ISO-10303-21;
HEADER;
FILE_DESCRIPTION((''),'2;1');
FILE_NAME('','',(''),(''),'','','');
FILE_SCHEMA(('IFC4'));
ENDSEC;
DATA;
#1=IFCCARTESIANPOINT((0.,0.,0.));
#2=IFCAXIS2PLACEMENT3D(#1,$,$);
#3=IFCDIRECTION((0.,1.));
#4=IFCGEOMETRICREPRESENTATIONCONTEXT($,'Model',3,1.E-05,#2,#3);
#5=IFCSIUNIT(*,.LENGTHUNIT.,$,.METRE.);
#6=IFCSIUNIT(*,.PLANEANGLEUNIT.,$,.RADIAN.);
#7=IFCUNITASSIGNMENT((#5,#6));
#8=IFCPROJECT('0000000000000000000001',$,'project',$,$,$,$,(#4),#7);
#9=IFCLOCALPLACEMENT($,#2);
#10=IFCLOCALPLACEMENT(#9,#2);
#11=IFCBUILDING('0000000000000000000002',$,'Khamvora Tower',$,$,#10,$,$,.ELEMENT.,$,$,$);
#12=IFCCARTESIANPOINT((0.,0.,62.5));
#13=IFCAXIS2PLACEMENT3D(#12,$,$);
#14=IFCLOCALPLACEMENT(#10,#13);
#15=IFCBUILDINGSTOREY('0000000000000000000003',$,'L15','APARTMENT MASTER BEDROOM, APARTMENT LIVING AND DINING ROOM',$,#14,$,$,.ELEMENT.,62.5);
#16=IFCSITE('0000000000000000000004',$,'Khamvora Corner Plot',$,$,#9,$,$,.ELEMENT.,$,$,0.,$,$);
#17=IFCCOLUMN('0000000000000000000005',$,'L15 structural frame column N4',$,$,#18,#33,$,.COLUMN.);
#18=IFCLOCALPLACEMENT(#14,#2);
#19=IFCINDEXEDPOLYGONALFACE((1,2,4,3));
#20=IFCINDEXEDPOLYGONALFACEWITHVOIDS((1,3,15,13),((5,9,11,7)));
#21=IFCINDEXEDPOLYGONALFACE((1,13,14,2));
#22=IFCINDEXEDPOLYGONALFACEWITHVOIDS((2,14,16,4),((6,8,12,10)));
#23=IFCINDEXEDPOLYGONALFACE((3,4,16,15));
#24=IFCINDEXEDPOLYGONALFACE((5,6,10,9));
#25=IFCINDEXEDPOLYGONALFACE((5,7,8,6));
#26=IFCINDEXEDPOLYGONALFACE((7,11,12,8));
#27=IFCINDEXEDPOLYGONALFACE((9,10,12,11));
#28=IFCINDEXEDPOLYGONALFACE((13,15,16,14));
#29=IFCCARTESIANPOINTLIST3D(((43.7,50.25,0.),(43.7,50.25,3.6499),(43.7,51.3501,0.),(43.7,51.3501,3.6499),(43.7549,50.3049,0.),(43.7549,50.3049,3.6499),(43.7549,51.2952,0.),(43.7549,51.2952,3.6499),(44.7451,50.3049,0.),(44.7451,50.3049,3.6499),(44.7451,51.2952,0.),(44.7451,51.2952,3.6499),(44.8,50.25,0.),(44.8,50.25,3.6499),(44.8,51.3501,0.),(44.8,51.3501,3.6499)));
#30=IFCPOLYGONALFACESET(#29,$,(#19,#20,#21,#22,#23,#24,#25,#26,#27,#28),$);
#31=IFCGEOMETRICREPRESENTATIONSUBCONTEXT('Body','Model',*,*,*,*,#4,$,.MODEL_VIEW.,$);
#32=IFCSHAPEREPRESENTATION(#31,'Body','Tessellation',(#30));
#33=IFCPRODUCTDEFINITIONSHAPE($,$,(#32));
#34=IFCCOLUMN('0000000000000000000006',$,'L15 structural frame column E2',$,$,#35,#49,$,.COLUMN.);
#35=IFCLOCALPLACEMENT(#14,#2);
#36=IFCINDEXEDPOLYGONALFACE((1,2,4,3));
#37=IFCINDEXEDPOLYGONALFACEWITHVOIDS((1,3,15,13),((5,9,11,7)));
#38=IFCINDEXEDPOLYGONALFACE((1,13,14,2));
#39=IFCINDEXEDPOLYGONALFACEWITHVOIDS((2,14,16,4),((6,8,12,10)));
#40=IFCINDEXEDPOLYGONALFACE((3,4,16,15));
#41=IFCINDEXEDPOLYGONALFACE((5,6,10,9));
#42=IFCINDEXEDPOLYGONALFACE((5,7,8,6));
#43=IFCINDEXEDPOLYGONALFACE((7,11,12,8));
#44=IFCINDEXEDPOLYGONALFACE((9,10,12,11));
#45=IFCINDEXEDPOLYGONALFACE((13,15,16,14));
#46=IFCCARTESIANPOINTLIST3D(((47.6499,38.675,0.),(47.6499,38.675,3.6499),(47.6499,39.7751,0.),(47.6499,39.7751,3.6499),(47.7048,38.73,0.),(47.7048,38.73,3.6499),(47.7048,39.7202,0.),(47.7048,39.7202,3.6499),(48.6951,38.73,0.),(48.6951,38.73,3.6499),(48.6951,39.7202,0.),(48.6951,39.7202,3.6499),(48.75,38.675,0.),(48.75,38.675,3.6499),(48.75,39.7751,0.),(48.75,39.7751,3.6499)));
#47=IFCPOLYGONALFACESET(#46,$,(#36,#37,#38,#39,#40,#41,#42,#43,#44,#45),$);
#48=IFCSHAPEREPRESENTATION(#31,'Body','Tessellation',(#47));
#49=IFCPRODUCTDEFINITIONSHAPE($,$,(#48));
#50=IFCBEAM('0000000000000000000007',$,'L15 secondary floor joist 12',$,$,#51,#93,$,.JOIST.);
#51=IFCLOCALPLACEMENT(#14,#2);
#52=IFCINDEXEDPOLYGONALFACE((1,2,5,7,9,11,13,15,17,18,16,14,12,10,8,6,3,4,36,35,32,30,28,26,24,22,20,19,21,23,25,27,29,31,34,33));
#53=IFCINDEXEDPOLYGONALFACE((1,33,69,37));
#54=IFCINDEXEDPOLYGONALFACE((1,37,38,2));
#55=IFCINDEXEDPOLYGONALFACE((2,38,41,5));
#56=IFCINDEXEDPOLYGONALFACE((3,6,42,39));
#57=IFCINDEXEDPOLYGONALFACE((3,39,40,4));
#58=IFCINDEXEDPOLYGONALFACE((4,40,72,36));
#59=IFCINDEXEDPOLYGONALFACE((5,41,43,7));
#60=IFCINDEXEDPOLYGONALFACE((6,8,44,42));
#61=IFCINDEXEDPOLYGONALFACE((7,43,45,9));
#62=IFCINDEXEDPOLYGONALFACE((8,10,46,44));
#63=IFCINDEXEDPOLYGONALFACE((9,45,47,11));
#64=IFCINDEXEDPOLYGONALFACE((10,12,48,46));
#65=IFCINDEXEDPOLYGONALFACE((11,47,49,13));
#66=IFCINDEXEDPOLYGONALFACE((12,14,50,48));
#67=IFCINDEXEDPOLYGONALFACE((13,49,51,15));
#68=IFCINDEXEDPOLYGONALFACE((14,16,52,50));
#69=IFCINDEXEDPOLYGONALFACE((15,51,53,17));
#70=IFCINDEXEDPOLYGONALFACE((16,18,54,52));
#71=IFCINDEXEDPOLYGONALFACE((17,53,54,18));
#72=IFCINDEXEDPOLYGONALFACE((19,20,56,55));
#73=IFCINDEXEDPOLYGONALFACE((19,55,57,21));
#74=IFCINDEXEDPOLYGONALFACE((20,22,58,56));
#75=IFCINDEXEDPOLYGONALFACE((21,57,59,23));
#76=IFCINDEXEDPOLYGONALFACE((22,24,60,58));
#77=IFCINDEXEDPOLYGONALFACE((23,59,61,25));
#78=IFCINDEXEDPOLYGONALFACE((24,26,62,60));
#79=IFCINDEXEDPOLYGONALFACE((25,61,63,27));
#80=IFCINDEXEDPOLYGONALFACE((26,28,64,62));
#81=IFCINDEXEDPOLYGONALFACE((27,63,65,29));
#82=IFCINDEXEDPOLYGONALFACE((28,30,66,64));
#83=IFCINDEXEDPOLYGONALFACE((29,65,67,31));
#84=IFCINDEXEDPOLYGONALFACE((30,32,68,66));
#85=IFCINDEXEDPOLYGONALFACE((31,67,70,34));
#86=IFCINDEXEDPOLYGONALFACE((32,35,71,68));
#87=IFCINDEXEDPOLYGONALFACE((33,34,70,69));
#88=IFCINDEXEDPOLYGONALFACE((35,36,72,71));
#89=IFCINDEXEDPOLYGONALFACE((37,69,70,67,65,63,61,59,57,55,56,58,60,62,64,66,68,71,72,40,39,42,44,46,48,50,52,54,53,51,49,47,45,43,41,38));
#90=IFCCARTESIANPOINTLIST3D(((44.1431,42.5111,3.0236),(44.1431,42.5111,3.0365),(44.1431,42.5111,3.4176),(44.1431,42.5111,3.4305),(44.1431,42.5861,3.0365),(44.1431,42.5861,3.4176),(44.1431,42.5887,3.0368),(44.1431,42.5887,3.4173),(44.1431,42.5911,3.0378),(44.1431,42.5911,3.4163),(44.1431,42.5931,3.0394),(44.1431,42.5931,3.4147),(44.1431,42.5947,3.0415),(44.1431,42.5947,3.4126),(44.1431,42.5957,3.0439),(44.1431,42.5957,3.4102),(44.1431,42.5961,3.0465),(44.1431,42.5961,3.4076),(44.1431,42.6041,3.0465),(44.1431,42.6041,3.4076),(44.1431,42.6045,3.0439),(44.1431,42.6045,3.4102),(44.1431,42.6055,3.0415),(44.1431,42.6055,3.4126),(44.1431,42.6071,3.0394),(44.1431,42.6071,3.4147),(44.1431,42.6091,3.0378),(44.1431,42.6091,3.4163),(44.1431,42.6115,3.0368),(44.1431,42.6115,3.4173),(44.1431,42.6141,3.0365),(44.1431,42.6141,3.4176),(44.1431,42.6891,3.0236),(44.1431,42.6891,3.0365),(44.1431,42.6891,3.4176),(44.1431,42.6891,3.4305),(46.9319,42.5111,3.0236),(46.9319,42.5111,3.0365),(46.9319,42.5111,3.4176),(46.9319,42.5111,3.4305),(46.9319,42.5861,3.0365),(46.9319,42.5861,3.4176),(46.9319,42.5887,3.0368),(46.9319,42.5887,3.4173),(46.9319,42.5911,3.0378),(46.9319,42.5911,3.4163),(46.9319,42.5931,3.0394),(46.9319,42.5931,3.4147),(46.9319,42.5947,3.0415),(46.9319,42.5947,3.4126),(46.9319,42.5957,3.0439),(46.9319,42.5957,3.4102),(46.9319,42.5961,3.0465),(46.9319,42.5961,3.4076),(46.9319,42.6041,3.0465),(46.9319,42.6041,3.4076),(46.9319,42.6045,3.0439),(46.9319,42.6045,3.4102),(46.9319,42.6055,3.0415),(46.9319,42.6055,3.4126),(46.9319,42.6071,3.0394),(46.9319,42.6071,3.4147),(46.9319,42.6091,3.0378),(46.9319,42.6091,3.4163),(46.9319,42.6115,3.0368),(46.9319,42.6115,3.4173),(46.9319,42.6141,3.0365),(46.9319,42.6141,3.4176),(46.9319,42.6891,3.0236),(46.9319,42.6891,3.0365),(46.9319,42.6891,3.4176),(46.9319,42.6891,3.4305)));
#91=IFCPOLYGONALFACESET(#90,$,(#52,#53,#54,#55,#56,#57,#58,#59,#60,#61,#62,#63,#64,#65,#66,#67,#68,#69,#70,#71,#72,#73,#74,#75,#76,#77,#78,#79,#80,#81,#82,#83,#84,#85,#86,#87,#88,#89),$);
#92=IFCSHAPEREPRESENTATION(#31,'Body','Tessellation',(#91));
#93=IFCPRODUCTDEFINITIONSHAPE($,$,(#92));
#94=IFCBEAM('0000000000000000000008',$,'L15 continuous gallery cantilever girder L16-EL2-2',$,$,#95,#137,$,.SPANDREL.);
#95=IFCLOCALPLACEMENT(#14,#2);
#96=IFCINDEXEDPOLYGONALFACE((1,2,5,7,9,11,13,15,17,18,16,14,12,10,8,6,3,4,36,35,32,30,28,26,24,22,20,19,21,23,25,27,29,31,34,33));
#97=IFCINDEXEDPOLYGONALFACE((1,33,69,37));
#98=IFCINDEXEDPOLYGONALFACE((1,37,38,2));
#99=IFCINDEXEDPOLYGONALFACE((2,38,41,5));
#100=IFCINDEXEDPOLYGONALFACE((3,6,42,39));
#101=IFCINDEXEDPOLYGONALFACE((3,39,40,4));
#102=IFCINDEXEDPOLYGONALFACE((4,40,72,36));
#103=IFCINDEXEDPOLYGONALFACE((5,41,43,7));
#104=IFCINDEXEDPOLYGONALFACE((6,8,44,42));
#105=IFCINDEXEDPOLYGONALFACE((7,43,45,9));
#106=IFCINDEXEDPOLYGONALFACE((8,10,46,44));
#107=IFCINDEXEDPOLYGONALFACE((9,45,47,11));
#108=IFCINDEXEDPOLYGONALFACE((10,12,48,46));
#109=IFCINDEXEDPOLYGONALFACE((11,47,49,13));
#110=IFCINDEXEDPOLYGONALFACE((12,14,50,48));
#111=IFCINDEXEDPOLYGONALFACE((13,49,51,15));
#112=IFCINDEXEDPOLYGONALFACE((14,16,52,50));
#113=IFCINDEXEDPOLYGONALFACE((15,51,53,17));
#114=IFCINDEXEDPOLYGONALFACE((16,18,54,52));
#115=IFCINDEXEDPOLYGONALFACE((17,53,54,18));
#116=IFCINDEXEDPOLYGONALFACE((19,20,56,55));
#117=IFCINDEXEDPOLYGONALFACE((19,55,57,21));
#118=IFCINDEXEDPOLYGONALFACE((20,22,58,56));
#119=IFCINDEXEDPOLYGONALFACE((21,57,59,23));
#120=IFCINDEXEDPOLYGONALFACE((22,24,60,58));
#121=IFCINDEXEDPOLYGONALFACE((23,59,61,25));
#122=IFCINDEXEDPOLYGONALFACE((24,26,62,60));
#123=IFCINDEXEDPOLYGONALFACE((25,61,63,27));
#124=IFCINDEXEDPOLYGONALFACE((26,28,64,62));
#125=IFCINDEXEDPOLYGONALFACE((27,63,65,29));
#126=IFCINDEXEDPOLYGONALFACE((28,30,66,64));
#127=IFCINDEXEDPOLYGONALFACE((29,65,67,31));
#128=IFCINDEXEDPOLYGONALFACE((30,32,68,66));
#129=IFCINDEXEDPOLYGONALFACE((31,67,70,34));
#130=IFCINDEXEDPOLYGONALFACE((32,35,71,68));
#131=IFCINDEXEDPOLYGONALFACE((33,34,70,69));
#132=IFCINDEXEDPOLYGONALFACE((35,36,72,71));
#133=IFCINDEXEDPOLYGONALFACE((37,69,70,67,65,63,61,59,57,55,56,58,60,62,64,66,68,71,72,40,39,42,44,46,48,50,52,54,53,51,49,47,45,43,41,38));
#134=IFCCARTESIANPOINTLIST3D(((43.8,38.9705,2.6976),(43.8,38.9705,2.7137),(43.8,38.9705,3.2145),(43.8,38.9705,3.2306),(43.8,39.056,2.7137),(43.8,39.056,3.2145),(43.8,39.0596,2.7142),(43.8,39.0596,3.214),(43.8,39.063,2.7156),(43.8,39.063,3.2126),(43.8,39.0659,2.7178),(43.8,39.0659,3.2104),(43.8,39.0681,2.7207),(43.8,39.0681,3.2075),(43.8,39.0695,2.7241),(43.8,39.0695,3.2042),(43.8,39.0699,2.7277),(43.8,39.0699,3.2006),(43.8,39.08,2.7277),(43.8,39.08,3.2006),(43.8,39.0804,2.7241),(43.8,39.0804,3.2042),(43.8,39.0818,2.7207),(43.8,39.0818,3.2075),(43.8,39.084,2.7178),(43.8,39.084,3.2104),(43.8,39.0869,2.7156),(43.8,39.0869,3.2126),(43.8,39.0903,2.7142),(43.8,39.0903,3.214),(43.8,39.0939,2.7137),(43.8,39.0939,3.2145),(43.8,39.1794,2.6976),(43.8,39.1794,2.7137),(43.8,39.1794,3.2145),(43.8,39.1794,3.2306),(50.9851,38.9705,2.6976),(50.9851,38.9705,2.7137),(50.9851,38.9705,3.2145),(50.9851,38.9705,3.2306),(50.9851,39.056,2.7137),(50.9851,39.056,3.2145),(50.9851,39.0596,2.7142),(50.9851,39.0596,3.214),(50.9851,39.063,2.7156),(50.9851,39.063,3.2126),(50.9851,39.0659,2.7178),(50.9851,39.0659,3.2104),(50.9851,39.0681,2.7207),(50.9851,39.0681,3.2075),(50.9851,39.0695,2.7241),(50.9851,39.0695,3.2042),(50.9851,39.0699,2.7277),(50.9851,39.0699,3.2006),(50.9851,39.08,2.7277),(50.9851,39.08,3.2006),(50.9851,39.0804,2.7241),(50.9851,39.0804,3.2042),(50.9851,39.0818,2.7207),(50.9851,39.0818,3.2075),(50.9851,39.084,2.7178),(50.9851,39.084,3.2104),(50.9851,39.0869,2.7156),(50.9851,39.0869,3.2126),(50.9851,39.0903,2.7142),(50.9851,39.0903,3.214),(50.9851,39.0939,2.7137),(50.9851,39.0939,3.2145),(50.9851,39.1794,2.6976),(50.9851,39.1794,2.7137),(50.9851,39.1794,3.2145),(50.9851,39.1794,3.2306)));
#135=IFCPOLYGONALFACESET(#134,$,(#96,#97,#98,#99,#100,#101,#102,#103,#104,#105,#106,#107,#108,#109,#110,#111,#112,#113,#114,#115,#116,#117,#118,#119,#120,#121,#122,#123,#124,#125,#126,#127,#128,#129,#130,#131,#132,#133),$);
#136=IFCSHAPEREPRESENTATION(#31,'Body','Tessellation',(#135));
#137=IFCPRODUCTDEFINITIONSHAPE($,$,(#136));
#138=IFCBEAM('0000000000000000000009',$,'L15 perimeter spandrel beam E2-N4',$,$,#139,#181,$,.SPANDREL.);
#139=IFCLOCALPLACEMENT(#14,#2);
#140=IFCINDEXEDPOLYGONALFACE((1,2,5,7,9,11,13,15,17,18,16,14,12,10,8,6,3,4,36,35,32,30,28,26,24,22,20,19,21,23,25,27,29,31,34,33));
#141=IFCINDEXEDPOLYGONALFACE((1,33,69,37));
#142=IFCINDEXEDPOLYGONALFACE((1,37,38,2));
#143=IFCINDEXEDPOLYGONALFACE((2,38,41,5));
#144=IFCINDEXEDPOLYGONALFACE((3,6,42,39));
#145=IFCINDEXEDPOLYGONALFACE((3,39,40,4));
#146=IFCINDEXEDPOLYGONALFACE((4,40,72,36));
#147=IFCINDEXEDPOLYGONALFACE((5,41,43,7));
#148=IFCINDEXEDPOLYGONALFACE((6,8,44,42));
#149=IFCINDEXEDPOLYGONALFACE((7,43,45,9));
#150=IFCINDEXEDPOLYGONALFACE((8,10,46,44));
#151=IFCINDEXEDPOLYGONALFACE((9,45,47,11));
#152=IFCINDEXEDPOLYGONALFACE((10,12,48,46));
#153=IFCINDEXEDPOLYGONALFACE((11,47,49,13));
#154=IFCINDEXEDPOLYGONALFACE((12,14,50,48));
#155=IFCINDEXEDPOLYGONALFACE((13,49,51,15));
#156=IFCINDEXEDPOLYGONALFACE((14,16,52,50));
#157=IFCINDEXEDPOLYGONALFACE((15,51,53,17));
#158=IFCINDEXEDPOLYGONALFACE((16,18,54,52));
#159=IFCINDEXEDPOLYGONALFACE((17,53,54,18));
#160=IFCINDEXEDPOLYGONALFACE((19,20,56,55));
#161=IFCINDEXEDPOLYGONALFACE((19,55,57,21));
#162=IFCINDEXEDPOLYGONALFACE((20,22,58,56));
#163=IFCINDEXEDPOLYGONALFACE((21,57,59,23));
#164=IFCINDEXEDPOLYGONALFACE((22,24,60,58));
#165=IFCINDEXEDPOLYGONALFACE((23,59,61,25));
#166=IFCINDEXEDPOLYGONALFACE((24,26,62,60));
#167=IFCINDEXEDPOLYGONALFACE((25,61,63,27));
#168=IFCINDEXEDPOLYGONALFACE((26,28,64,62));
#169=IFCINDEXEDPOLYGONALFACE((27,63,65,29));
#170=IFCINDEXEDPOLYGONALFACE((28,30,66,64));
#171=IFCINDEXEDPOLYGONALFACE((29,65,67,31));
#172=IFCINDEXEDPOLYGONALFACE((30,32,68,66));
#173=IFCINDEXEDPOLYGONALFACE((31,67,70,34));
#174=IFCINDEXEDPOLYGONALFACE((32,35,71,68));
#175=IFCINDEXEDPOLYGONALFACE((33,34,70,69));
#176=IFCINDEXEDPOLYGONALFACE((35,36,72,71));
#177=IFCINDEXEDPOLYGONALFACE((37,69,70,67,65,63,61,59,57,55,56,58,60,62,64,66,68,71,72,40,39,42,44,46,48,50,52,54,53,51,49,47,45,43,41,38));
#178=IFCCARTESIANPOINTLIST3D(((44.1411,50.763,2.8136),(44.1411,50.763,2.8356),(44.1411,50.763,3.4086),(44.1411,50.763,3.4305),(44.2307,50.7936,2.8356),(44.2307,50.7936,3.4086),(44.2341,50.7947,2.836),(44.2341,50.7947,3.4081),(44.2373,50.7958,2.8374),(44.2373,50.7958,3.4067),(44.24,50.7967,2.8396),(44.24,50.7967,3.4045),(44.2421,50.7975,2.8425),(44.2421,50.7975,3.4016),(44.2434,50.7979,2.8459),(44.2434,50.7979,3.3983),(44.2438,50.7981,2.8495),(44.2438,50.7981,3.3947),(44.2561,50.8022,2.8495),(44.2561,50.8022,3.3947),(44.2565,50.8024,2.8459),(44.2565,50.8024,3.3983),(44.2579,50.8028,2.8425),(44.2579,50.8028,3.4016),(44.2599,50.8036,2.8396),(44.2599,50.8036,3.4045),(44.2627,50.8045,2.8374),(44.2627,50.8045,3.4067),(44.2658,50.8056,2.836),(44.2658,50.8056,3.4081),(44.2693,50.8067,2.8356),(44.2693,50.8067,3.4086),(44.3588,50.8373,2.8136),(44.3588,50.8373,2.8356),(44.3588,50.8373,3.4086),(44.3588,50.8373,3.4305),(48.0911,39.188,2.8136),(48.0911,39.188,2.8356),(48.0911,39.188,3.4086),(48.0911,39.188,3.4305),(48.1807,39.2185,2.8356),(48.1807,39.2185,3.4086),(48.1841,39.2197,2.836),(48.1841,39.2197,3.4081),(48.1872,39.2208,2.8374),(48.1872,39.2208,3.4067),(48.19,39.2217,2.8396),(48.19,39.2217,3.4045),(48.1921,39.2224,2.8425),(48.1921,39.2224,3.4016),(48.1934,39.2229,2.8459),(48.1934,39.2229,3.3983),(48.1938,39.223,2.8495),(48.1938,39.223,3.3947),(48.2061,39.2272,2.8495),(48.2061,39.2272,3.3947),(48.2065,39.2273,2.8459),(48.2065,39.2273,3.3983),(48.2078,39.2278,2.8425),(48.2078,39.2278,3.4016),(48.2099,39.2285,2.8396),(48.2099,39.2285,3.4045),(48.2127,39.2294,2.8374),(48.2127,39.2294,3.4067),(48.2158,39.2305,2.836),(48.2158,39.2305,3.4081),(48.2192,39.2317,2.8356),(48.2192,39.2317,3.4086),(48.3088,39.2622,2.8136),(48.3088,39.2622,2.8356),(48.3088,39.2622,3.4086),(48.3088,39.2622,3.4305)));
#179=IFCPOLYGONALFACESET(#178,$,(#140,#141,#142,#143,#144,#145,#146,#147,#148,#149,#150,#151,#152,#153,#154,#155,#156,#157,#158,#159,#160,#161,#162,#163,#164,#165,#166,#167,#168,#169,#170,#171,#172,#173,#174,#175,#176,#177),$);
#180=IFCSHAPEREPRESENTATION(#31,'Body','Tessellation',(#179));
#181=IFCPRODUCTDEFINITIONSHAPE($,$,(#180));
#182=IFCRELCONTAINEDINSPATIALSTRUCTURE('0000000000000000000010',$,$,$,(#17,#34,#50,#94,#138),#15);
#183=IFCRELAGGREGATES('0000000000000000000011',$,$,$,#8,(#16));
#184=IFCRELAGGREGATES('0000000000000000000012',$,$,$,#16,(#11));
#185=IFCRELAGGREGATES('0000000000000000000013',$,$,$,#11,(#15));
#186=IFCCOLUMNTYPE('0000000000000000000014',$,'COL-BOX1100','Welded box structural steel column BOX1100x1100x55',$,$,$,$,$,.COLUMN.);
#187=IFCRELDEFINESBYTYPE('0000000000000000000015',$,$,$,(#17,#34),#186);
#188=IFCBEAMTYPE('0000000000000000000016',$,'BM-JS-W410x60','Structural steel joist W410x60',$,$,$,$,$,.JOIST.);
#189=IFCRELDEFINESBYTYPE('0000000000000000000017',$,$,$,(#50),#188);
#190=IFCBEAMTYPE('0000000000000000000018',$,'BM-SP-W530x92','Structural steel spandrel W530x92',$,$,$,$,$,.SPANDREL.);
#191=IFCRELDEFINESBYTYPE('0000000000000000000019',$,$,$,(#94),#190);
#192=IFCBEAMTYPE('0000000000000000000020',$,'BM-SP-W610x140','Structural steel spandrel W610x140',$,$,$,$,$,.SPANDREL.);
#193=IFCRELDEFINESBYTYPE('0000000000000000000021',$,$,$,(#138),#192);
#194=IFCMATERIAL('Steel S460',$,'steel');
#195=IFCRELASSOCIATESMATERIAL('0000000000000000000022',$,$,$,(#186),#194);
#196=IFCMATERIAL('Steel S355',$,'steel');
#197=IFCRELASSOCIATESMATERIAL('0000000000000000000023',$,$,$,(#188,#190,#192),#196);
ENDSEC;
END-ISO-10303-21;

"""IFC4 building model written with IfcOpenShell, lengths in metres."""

from ifc_helpers import new_model, si_unit, direction, frame, origin, origin_2d, place, context, subcontext, project, spatial, hollow_rectangle, i_section, extrude, material, material_profile, profile_set, type_object, element, save


model = new_model("IFC4")

# Units and contexts
model_context = context("Model", 3, precision=1e-05, world=origin(), true_north=direction((0.0, 1.0)))
body_context = subcontext(model_context, "Body", "Model", "MODEL_VIEW")
ifc_project = project(units=[si_unit("LENGTHUNIT", "METRE"), si_unit("PLANEANGLEUNIT", "RADIAN")], contexts=[model_context])

# Site, building, storey
site_placement = place(None, origin())
site = spatial("IfcSite", under=ifc_project, at=site_placement, Name="Khamvora Corner Plot", CompositionType="ELEMENT", RefElevation=0.0)
building_placement = place(site_placement, origin())
building = spatial("IfcBuilding", under=site, at=building_placement, Name="Khamvora Tower", CompositionType="ELEMENT")
storey_placement = place(building_placement, frame((0.0, 0.0, 62.5)))
storey = spatial("IfcBuildingStorey", under=building, at=storey_placement, Name="L15", Description="APARTMENT MASTER BEDROOM, APARTMENT LIVING AND DINING ROOM", CompositionType="ELEMENT", Elevation=62.5)

# Columns
ifc_material_1 = material(Name="Steel S460", Category="steel")
ifc_material_profile_1 = material_profile(ifc_material_1, hollow_rectangle(XDim=1.1001, YDim=1.1001, WallThickness=0.0549, at=origin_2d()), Name="BOX1100x1100x55")
ifc_profile_set_1 = profile_set([ifc_material_profile_1], Name="Steel S460")
column_type = type_object("IfcColumnType", Name="COL-BOX1100", Description="Welded box structural steel column BOX1100x1100x55", PredefinedType="COLUMN", material=ifc_profile_set_1)
for number, where, z_axis, x_axis, name in (
    (1, (44.25, 50.8, 0.0), (0.0, 0.0, 1.0), (1.0, 0.0, 0.0), "L15 structural frame column N4"),
    (2, (48.2, 39.2251, 0.0), (0.0, 0.0, 1.0), (1.0, 0.0, 0.0), "L15 structural frame column E2"),
):
    element("IfcColumn", number, at=place(storey_placement, frame(where, z_axis=z_axis, x_axis=x_axis)), inside=storey, type_object=column_type, Name=name, PredefinedType="COLUMN", context=body_context, shape_type="SweptSolid", body=[
        extrude(hollow_rectangle(XDim=1.1001, YDim=1.1001, WallThickness=0.0549, at=origin_2d()), origin(), (0.0, 0.0, 1.0), 3.6499),
    ])

# Beams
ifc_material_2 = material(Name="Steel S355", Category="steel")
ifc_material_profile_2 = material_profile(ifc_material_2, i_section(OverallWidth=0.178, OverallDepth=0.407, WebThickness=0.0081, FlangeThickness=0.0129, FilletRadius=0.01, at=origin_2d()), Name="W410x60")
ifc_profile_set_2 = profile_set([ifc_material_profile_2], Name="Steel S355")
beam_type_1 = type_object("IfcBeamType", Name="BM-JS-W410x60", Description="Structural steel joist W410x60", PredefinedType="JOIST", material=ifc_profile_set_2)
beam_1_placement = place(storey_placement, frame((44.1431, 42.6001, 3.2271), z_axis=(1.0, 0.0, 0.0), x_axis=(0.0, 1.0, 0.0)))
element("IfcBeam", 3, at=beam_1_placement, inside=storey, type_object=beam_type_1, Name="L15 secondary floor joist 12", PredefinedType="JOIST", context=body_context, shape_type="SweptSolid", body=[
    extrude(i_section(OverallWidth=0.178, OverallDepth=0.407, WebThickness=0.0081, FlangeThickness=0.0129, FilletRadius=0.01, at=origin_2d()), origin(), (0.0, 0.0, 1.0), 2.7888),
])
ifc_material_profile_3 = material_profile(ifc_material_2, i_section(OverallWidth=0.209, OverallDepth=0.533, WebThickness=0.01, FlangeThickness=0.0161, FilletRadius=0.0139, at=origin_2d()), Name="W530x92")
ifc_profile_set_3 = profile_set([ifc_material_profile_3], Name="Steel S355")
beam_type_2 = type_object("IfcBeamType", Name="BM-SP-W530x92", Description="Structural steel spandrel W530x92", PredefinedType="SPANDREL", material=ifc_profile_set_3)
beam_2_placement = place(storey_placement, frame((43.8, 39.075, 2.9641), z_axis=(1.0, 0.0, 0.0), x_axis=(0.0, 1.0, 0.0)))
element("IfcBeam", 4, at=beam_2_placement, inside=storey, type_object=beam_type_2, Name="L15 continuous gallery cantilever girder L16-EL2-2", PredefinedType="SPANDREL", context=body_context, shape_type="SweptSolid", body=[
    extrude(i_section(OverallWidth=0.209, OverallDepth=0.533, WebThickness=0.01, FlangeThickness=0.0161, FilletRadius=0.0139, at=origin_2d()), origin(), (0.0, 0.0, 1.0), 7.1851),
])
ifc_material_profile_4 = material_profile(ifc_material_2, i_section(OverallWidth=0.23, OverallDepth=0.6169, WebThickness=0.0129, FlangeThickness=0.022, FilletRadius=0.0139, at=origin_2d()), Name="W610x140")
ifc_profile_set_4 = profile_set([ifc_material_profile_4], Name="Steel S355")
beam_type_3 = type_object("IfcBeamType", Name="BM-SP-W610x140", Description="Structural steel spandrel W610x140", PredefinedType="SPANDREL", material=ifc_profile_set_4)
beam_3_placement = place(storey_placement, frame((48.2, 39.2251, 3.1221), z_axis=(-0.322963, 0.946412, 0.0), x_axis=(-0.946412, -0.322963, 0.0)))
element("IfcBeam", 5, at=beam_3_placement, inside=storey, type_object=beam_type_3, Name="L15 perimeter spandrel beam E2-N4", PredefinedType="SPANDREL", context=body_context, shape_type="SweptSolid", body=[
    extrude(i_section(OverallWidth=0.23, OverallDepth=0.6169, WebThickness=0.0129, FlangeThickness=0.022, FilletRadius=0.0139, at=origin_2d()), origin(), (0.0, 0.0, 1.0), 12.2305),
])

save(model, "model.ifc")
